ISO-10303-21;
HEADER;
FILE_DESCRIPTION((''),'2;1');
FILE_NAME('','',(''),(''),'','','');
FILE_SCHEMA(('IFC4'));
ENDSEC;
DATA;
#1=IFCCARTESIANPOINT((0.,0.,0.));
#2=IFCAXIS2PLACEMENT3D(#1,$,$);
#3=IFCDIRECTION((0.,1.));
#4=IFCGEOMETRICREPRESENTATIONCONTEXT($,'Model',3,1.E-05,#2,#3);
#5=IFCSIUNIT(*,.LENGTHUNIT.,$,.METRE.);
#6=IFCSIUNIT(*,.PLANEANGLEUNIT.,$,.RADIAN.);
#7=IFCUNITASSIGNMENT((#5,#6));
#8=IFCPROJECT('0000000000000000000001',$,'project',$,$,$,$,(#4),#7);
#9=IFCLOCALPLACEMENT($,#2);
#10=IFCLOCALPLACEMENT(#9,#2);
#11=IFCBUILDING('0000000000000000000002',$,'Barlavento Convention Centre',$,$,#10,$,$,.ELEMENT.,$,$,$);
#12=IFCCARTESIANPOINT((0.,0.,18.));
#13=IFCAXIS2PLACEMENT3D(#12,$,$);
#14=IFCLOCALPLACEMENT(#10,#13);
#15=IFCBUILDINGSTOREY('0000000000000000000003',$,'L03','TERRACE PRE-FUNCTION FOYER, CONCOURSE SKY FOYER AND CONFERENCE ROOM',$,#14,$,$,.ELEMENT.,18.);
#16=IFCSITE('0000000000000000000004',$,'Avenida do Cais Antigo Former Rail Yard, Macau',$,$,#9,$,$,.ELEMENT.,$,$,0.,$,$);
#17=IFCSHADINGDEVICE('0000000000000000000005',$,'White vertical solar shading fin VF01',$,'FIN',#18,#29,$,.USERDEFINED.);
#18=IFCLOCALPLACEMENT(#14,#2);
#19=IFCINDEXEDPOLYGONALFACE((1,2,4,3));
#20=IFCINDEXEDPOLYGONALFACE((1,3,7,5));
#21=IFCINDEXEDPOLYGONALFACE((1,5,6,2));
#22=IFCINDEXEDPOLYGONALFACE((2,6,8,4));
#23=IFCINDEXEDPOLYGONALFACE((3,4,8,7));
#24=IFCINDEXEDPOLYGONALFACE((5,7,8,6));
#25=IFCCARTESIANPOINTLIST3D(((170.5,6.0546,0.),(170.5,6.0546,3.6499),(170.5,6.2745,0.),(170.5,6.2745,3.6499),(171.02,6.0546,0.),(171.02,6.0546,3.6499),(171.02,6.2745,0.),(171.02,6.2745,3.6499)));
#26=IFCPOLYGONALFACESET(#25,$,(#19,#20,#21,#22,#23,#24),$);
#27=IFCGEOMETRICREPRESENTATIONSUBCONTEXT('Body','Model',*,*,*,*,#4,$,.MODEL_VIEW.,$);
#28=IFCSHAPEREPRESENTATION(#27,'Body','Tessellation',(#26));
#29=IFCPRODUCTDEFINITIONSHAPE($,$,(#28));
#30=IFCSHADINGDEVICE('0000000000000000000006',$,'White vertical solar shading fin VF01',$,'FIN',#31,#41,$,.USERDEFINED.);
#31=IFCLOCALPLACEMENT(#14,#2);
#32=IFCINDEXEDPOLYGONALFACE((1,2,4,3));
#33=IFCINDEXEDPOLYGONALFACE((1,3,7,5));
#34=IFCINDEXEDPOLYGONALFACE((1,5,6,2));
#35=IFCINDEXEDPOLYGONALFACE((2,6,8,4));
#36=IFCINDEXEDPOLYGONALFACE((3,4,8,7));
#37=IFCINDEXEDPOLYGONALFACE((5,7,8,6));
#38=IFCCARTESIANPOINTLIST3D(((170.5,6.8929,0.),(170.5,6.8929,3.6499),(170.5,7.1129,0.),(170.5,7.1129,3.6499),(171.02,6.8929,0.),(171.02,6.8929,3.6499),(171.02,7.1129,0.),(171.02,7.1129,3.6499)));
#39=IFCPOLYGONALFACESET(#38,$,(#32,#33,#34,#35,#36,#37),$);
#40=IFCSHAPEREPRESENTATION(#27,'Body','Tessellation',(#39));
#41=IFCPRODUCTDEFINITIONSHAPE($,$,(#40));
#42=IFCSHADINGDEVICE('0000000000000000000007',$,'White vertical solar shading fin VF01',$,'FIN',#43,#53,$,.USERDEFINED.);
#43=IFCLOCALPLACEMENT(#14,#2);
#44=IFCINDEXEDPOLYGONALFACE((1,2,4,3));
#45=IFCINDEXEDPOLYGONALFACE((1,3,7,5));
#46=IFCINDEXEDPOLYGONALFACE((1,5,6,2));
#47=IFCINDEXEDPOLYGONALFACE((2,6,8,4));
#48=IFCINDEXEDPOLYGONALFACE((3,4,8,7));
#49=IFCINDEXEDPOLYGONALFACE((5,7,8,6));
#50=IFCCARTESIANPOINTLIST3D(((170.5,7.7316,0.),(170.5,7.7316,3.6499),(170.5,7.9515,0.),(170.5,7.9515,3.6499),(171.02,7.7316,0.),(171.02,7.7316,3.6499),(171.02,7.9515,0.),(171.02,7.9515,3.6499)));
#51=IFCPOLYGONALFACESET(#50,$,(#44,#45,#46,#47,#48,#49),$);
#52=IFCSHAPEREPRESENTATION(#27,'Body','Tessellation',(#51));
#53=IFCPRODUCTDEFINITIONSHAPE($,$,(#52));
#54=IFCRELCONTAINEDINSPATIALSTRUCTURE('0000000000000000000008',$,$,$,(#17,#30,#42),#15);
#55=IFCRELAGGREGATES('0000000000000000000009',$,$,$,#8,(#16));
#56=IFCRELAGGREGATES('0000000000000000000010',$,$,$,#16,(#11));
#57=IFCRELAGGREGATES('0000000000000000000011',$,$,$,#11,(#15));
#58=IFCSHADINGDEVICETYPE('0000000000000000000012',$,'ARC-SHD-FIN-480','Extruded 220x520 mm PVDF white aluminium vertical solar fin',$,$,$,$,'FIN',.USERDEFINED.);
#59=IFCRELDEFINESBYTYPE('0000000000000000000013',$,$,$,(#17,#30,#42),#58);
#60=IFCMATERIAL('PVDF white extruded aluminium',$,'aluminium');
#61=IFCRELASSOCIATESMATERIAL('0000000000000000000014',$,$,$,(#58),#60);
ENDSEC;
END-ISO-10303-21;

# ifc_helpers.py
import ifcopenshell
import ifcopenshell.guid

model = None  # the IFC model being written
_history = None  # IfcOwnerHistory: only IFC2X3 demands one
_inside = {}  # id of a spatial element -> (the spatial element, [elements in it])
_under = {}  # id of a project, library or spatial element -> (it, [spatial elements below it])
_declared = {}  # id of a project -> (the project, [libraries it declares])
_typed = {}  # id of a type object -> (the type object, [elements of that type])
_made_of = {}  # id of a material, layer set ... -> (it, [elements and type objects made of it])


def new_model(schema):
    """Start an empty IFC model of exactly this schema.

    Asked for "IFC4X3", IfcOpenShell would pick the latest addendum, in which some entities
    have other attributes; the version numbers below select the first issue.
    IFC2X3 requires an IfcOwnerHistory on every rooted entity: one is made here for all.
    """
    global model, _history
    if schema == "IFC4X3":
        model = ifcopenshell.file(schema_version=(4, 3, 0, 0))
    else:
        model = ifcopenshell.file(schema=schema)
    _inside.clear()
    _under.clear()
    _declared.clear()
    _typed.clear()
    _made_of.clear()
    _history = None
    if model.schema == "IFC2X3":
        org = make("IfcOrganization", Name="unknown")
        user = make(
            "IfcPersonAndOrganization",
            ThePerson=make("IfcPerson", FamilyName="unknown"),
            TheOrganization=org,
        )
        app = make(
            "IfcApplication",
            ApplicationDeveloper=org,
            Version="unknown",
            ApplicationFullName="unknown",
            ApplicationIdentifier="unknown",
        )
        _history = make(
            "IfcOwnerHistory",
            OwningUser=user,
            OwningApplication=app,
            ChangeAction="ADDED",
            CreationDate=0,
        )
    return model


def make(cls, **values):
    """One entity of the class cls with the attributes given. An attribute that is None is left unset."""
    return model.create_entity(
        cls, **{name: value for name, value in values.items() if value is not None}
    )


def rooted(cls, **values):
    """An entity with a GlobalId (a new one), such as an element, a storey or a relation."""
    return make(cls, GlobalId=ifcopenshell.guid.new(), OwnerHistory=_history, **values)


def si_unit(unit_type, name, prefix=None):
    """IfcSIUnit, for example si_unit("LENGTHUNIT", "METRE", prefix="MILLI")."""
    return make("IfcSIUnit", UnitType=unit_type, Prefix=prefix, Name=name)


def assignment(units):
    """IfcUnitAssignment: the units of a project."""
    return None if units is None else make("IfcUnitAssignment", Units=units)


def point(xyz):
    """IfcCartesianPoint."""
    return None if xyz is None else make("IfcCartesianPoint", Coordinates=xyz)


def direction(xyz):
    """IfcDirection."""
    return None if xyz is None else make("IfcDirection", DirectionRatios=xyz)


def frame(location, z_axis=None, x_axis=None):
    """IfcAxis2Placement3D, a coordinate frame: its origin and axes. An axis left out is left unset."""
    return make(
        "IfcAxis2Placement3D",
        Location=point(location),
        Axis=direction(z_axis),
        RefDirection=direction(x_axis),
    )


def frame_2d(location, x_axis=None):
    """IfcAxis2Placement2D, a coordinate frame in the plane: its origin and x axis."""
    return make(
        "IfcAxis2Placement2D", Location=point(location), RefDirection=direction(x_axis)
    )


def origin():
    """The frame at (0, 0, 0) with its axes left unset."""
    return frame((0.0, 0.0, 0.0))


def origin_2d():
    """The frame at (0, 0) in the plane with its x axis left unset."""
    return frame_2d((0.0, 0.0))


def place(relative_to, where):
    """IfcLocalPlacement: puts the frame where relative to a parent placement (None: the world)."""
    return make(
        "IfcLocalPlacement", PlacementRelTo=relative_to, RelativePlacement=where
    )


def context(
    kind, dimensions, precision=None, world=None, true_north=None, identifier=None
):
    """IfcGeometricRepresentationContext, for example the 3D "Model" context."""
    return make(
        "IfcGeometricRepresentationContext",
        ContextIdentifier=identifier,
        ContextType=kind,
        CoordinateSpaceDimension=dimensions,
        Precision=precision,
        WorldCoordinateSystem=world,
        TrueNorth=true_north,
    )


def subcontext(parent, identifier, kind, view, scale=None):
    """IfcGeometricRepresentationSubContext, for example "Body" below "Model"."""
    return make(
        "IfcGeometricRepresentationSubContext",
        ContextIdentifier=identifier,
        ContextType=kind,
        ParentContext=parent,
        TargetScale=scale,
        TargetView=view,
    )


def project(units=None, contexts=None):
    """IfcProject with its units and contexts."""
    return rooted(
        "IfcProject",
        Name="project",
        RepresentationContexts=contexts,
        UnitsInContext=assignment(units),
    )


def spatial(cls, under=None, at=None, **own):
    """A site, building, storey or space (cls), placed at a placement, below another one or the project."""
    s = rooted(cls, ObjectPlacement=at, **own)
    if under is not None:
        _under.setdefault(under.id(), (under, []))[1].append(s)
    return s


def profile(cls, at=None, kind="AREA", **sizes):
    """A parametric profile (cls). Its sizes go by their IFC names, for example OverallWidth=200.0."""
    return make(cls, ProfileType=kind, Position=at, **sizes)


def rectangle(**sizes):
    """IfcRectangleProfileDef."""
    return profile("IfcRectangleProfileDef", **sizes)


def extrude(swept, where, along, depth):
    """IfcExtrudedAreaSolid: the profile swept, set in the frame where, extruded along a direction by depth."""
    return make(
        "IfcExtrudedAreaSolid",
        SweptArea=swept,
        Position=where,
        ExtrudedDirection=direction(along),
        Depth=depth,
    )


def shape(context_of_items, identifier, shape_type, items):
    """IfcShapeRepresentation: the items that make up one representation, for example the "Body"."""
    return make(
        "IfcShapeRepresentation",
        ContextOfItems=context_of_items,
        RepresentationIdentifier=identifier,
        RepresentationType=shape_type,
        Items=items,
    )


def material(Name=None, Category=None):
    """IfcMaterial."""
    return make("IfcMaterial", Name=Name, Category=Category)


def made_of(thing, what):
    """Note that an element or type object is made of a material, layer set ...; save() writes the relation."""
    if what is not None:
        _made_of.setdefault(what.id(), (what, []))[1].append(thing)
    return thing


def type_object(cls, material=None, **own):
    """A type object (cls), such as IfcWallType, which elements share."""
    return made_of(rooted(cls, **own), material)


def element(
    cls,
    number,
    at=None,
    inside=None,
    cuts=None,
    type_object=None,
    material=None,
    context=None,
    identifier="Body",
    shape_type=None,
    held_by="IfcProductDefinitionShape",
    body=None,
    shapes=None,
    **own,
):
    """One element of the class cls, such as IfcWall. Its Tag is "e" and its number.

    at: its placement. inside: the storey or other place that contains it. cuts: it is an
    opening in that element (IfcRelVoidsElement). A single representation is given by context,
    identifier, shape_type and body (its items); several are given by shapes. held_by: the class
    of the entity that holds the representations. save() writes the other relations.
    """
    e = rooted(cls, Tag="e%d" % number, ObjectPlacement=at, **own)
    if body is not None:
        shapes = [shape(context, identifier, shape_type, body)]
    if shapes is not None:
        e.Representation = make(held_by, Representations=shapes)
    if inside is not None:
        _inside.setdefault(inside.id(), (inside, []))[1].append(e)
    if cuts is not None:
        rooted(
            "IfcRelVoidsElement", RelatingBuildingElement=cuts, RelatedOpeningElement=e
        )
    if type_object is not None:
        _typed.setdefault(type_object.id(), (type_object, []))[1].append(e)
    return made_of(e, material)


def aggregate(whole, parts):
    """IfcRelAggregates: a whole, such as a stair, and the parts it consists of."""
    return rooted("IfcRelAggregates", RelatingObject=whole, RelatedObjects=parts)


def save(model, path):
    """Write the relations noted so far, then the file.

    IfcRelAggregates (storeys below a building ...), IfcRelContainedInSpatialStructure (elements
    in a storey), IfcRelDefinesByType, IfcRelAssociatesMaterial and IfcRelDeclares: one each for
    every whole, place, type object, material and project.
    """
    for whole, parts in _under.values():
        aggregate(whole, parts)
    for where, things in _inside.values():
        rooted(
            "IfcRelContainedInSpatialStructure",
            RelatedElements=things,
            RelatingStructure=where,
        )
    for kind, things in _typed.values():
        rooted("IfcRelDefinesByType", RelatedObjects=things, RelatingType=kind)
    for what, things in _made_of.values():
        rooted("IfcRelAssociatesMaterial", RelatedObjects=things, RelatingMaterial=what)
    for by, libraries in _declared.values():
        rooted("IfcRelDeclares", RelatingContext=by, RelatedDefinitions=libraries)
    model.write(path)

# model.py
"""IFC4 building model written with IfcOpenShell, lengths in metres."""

from ifc_helpers import new_model, si_unit, direction, frame, origin, origin_2d, place, context, subcontext, project, spatial, rectangle, extrude, material, type_object, element, save


model = new_model("IFC4")

# Units and contexts
model_context = context("Model", 3, precision=1e-05, world=origin(), true_north=direction((0.0, 1.0)))
body_context = subcontext(model_context, "Body", "Model", "MODEL_VIEW")
ifc_project = project(units=[si_unit("LENGTHUNIT", "METRE"), si_unit("PLANEANGLEUNIT", "RADIAN")], contexts=[model_context])

# Site, building, storey
site_placement = place(None, origin())
site = spatial("IfcSite", under=ifc_project, at=site_placement, Name="Avenida do Cais Antigo Former Rail Yard, Macau", CompositionType="ELEMENT", RefElevation=0.0)
building_placement = place(site_placement, origin())
building = spatial("IfcBuilding", under=site, at=building_placement, Name="Barlavento Convention Centre", CompositionType="ELEMENT")
storey_placement = place(building_placement, frame((0.0, 0.0, 18.0)))
storey = spatial("IfcBuildingStorey", under=building, at=storey_placement, Name="L03", Description="TERRACE PRE-FUNCTION FOYER, CONCOURSE SKY FOYER AND CONFERENCE ROOM", CompositionType="ELEMENT", Elevation=18.0)

# Shading devices
ifc_material_1 = material(Name="PVDF white extruded aluminium", Category="aluminium")
shading_device_type = type_object("IfcShadingDeviceType", Name="ARC-SHD-FIN-480", Description="Extruded 220x520 mm PVDF white aluminium vertical solar fin", ElementType="FIN", PredefinedType="USERDEFINED", material=ifc_material_1)
for number, where, z_axis, x_axis, name in (
    (1, (170.76, 6.1646, 0.0), (0.0, 0.0, 1.0), (0.0, 1.0, 0.0), "White vertical solar shading fin VF01"),
    (2, (170.76, 7.0029, 0.0), (0.0, 0.0, 1.0), (0.0, 1.0, 0.0), "White vertical solar shading fin VF01"),
    (3, (170.76, 7.8416, 0.0), (0.0, 0.0, 1.0), (0.0, 1.0, 0.0), "White vertical solar shading fin VF01"),
):
    element("IfcShadingDevice", number, at=place(storey_placement, frame(where, z_axis=z_axis, x_axis=x_axis)), inside=storey, type_object=shading_device_type, Name=name, ObjectType="FIN", PredefinedType="USERDEFINED", context=body_context, shape_type="SweptSolid", body=[
        extrude(rectangle(XDim=0.22, YDim=0.52, at=origin_2d()), origin(), (0.0, 0.0, 1.0), 3.6499),
    ])

save(model, "model.ifc")
